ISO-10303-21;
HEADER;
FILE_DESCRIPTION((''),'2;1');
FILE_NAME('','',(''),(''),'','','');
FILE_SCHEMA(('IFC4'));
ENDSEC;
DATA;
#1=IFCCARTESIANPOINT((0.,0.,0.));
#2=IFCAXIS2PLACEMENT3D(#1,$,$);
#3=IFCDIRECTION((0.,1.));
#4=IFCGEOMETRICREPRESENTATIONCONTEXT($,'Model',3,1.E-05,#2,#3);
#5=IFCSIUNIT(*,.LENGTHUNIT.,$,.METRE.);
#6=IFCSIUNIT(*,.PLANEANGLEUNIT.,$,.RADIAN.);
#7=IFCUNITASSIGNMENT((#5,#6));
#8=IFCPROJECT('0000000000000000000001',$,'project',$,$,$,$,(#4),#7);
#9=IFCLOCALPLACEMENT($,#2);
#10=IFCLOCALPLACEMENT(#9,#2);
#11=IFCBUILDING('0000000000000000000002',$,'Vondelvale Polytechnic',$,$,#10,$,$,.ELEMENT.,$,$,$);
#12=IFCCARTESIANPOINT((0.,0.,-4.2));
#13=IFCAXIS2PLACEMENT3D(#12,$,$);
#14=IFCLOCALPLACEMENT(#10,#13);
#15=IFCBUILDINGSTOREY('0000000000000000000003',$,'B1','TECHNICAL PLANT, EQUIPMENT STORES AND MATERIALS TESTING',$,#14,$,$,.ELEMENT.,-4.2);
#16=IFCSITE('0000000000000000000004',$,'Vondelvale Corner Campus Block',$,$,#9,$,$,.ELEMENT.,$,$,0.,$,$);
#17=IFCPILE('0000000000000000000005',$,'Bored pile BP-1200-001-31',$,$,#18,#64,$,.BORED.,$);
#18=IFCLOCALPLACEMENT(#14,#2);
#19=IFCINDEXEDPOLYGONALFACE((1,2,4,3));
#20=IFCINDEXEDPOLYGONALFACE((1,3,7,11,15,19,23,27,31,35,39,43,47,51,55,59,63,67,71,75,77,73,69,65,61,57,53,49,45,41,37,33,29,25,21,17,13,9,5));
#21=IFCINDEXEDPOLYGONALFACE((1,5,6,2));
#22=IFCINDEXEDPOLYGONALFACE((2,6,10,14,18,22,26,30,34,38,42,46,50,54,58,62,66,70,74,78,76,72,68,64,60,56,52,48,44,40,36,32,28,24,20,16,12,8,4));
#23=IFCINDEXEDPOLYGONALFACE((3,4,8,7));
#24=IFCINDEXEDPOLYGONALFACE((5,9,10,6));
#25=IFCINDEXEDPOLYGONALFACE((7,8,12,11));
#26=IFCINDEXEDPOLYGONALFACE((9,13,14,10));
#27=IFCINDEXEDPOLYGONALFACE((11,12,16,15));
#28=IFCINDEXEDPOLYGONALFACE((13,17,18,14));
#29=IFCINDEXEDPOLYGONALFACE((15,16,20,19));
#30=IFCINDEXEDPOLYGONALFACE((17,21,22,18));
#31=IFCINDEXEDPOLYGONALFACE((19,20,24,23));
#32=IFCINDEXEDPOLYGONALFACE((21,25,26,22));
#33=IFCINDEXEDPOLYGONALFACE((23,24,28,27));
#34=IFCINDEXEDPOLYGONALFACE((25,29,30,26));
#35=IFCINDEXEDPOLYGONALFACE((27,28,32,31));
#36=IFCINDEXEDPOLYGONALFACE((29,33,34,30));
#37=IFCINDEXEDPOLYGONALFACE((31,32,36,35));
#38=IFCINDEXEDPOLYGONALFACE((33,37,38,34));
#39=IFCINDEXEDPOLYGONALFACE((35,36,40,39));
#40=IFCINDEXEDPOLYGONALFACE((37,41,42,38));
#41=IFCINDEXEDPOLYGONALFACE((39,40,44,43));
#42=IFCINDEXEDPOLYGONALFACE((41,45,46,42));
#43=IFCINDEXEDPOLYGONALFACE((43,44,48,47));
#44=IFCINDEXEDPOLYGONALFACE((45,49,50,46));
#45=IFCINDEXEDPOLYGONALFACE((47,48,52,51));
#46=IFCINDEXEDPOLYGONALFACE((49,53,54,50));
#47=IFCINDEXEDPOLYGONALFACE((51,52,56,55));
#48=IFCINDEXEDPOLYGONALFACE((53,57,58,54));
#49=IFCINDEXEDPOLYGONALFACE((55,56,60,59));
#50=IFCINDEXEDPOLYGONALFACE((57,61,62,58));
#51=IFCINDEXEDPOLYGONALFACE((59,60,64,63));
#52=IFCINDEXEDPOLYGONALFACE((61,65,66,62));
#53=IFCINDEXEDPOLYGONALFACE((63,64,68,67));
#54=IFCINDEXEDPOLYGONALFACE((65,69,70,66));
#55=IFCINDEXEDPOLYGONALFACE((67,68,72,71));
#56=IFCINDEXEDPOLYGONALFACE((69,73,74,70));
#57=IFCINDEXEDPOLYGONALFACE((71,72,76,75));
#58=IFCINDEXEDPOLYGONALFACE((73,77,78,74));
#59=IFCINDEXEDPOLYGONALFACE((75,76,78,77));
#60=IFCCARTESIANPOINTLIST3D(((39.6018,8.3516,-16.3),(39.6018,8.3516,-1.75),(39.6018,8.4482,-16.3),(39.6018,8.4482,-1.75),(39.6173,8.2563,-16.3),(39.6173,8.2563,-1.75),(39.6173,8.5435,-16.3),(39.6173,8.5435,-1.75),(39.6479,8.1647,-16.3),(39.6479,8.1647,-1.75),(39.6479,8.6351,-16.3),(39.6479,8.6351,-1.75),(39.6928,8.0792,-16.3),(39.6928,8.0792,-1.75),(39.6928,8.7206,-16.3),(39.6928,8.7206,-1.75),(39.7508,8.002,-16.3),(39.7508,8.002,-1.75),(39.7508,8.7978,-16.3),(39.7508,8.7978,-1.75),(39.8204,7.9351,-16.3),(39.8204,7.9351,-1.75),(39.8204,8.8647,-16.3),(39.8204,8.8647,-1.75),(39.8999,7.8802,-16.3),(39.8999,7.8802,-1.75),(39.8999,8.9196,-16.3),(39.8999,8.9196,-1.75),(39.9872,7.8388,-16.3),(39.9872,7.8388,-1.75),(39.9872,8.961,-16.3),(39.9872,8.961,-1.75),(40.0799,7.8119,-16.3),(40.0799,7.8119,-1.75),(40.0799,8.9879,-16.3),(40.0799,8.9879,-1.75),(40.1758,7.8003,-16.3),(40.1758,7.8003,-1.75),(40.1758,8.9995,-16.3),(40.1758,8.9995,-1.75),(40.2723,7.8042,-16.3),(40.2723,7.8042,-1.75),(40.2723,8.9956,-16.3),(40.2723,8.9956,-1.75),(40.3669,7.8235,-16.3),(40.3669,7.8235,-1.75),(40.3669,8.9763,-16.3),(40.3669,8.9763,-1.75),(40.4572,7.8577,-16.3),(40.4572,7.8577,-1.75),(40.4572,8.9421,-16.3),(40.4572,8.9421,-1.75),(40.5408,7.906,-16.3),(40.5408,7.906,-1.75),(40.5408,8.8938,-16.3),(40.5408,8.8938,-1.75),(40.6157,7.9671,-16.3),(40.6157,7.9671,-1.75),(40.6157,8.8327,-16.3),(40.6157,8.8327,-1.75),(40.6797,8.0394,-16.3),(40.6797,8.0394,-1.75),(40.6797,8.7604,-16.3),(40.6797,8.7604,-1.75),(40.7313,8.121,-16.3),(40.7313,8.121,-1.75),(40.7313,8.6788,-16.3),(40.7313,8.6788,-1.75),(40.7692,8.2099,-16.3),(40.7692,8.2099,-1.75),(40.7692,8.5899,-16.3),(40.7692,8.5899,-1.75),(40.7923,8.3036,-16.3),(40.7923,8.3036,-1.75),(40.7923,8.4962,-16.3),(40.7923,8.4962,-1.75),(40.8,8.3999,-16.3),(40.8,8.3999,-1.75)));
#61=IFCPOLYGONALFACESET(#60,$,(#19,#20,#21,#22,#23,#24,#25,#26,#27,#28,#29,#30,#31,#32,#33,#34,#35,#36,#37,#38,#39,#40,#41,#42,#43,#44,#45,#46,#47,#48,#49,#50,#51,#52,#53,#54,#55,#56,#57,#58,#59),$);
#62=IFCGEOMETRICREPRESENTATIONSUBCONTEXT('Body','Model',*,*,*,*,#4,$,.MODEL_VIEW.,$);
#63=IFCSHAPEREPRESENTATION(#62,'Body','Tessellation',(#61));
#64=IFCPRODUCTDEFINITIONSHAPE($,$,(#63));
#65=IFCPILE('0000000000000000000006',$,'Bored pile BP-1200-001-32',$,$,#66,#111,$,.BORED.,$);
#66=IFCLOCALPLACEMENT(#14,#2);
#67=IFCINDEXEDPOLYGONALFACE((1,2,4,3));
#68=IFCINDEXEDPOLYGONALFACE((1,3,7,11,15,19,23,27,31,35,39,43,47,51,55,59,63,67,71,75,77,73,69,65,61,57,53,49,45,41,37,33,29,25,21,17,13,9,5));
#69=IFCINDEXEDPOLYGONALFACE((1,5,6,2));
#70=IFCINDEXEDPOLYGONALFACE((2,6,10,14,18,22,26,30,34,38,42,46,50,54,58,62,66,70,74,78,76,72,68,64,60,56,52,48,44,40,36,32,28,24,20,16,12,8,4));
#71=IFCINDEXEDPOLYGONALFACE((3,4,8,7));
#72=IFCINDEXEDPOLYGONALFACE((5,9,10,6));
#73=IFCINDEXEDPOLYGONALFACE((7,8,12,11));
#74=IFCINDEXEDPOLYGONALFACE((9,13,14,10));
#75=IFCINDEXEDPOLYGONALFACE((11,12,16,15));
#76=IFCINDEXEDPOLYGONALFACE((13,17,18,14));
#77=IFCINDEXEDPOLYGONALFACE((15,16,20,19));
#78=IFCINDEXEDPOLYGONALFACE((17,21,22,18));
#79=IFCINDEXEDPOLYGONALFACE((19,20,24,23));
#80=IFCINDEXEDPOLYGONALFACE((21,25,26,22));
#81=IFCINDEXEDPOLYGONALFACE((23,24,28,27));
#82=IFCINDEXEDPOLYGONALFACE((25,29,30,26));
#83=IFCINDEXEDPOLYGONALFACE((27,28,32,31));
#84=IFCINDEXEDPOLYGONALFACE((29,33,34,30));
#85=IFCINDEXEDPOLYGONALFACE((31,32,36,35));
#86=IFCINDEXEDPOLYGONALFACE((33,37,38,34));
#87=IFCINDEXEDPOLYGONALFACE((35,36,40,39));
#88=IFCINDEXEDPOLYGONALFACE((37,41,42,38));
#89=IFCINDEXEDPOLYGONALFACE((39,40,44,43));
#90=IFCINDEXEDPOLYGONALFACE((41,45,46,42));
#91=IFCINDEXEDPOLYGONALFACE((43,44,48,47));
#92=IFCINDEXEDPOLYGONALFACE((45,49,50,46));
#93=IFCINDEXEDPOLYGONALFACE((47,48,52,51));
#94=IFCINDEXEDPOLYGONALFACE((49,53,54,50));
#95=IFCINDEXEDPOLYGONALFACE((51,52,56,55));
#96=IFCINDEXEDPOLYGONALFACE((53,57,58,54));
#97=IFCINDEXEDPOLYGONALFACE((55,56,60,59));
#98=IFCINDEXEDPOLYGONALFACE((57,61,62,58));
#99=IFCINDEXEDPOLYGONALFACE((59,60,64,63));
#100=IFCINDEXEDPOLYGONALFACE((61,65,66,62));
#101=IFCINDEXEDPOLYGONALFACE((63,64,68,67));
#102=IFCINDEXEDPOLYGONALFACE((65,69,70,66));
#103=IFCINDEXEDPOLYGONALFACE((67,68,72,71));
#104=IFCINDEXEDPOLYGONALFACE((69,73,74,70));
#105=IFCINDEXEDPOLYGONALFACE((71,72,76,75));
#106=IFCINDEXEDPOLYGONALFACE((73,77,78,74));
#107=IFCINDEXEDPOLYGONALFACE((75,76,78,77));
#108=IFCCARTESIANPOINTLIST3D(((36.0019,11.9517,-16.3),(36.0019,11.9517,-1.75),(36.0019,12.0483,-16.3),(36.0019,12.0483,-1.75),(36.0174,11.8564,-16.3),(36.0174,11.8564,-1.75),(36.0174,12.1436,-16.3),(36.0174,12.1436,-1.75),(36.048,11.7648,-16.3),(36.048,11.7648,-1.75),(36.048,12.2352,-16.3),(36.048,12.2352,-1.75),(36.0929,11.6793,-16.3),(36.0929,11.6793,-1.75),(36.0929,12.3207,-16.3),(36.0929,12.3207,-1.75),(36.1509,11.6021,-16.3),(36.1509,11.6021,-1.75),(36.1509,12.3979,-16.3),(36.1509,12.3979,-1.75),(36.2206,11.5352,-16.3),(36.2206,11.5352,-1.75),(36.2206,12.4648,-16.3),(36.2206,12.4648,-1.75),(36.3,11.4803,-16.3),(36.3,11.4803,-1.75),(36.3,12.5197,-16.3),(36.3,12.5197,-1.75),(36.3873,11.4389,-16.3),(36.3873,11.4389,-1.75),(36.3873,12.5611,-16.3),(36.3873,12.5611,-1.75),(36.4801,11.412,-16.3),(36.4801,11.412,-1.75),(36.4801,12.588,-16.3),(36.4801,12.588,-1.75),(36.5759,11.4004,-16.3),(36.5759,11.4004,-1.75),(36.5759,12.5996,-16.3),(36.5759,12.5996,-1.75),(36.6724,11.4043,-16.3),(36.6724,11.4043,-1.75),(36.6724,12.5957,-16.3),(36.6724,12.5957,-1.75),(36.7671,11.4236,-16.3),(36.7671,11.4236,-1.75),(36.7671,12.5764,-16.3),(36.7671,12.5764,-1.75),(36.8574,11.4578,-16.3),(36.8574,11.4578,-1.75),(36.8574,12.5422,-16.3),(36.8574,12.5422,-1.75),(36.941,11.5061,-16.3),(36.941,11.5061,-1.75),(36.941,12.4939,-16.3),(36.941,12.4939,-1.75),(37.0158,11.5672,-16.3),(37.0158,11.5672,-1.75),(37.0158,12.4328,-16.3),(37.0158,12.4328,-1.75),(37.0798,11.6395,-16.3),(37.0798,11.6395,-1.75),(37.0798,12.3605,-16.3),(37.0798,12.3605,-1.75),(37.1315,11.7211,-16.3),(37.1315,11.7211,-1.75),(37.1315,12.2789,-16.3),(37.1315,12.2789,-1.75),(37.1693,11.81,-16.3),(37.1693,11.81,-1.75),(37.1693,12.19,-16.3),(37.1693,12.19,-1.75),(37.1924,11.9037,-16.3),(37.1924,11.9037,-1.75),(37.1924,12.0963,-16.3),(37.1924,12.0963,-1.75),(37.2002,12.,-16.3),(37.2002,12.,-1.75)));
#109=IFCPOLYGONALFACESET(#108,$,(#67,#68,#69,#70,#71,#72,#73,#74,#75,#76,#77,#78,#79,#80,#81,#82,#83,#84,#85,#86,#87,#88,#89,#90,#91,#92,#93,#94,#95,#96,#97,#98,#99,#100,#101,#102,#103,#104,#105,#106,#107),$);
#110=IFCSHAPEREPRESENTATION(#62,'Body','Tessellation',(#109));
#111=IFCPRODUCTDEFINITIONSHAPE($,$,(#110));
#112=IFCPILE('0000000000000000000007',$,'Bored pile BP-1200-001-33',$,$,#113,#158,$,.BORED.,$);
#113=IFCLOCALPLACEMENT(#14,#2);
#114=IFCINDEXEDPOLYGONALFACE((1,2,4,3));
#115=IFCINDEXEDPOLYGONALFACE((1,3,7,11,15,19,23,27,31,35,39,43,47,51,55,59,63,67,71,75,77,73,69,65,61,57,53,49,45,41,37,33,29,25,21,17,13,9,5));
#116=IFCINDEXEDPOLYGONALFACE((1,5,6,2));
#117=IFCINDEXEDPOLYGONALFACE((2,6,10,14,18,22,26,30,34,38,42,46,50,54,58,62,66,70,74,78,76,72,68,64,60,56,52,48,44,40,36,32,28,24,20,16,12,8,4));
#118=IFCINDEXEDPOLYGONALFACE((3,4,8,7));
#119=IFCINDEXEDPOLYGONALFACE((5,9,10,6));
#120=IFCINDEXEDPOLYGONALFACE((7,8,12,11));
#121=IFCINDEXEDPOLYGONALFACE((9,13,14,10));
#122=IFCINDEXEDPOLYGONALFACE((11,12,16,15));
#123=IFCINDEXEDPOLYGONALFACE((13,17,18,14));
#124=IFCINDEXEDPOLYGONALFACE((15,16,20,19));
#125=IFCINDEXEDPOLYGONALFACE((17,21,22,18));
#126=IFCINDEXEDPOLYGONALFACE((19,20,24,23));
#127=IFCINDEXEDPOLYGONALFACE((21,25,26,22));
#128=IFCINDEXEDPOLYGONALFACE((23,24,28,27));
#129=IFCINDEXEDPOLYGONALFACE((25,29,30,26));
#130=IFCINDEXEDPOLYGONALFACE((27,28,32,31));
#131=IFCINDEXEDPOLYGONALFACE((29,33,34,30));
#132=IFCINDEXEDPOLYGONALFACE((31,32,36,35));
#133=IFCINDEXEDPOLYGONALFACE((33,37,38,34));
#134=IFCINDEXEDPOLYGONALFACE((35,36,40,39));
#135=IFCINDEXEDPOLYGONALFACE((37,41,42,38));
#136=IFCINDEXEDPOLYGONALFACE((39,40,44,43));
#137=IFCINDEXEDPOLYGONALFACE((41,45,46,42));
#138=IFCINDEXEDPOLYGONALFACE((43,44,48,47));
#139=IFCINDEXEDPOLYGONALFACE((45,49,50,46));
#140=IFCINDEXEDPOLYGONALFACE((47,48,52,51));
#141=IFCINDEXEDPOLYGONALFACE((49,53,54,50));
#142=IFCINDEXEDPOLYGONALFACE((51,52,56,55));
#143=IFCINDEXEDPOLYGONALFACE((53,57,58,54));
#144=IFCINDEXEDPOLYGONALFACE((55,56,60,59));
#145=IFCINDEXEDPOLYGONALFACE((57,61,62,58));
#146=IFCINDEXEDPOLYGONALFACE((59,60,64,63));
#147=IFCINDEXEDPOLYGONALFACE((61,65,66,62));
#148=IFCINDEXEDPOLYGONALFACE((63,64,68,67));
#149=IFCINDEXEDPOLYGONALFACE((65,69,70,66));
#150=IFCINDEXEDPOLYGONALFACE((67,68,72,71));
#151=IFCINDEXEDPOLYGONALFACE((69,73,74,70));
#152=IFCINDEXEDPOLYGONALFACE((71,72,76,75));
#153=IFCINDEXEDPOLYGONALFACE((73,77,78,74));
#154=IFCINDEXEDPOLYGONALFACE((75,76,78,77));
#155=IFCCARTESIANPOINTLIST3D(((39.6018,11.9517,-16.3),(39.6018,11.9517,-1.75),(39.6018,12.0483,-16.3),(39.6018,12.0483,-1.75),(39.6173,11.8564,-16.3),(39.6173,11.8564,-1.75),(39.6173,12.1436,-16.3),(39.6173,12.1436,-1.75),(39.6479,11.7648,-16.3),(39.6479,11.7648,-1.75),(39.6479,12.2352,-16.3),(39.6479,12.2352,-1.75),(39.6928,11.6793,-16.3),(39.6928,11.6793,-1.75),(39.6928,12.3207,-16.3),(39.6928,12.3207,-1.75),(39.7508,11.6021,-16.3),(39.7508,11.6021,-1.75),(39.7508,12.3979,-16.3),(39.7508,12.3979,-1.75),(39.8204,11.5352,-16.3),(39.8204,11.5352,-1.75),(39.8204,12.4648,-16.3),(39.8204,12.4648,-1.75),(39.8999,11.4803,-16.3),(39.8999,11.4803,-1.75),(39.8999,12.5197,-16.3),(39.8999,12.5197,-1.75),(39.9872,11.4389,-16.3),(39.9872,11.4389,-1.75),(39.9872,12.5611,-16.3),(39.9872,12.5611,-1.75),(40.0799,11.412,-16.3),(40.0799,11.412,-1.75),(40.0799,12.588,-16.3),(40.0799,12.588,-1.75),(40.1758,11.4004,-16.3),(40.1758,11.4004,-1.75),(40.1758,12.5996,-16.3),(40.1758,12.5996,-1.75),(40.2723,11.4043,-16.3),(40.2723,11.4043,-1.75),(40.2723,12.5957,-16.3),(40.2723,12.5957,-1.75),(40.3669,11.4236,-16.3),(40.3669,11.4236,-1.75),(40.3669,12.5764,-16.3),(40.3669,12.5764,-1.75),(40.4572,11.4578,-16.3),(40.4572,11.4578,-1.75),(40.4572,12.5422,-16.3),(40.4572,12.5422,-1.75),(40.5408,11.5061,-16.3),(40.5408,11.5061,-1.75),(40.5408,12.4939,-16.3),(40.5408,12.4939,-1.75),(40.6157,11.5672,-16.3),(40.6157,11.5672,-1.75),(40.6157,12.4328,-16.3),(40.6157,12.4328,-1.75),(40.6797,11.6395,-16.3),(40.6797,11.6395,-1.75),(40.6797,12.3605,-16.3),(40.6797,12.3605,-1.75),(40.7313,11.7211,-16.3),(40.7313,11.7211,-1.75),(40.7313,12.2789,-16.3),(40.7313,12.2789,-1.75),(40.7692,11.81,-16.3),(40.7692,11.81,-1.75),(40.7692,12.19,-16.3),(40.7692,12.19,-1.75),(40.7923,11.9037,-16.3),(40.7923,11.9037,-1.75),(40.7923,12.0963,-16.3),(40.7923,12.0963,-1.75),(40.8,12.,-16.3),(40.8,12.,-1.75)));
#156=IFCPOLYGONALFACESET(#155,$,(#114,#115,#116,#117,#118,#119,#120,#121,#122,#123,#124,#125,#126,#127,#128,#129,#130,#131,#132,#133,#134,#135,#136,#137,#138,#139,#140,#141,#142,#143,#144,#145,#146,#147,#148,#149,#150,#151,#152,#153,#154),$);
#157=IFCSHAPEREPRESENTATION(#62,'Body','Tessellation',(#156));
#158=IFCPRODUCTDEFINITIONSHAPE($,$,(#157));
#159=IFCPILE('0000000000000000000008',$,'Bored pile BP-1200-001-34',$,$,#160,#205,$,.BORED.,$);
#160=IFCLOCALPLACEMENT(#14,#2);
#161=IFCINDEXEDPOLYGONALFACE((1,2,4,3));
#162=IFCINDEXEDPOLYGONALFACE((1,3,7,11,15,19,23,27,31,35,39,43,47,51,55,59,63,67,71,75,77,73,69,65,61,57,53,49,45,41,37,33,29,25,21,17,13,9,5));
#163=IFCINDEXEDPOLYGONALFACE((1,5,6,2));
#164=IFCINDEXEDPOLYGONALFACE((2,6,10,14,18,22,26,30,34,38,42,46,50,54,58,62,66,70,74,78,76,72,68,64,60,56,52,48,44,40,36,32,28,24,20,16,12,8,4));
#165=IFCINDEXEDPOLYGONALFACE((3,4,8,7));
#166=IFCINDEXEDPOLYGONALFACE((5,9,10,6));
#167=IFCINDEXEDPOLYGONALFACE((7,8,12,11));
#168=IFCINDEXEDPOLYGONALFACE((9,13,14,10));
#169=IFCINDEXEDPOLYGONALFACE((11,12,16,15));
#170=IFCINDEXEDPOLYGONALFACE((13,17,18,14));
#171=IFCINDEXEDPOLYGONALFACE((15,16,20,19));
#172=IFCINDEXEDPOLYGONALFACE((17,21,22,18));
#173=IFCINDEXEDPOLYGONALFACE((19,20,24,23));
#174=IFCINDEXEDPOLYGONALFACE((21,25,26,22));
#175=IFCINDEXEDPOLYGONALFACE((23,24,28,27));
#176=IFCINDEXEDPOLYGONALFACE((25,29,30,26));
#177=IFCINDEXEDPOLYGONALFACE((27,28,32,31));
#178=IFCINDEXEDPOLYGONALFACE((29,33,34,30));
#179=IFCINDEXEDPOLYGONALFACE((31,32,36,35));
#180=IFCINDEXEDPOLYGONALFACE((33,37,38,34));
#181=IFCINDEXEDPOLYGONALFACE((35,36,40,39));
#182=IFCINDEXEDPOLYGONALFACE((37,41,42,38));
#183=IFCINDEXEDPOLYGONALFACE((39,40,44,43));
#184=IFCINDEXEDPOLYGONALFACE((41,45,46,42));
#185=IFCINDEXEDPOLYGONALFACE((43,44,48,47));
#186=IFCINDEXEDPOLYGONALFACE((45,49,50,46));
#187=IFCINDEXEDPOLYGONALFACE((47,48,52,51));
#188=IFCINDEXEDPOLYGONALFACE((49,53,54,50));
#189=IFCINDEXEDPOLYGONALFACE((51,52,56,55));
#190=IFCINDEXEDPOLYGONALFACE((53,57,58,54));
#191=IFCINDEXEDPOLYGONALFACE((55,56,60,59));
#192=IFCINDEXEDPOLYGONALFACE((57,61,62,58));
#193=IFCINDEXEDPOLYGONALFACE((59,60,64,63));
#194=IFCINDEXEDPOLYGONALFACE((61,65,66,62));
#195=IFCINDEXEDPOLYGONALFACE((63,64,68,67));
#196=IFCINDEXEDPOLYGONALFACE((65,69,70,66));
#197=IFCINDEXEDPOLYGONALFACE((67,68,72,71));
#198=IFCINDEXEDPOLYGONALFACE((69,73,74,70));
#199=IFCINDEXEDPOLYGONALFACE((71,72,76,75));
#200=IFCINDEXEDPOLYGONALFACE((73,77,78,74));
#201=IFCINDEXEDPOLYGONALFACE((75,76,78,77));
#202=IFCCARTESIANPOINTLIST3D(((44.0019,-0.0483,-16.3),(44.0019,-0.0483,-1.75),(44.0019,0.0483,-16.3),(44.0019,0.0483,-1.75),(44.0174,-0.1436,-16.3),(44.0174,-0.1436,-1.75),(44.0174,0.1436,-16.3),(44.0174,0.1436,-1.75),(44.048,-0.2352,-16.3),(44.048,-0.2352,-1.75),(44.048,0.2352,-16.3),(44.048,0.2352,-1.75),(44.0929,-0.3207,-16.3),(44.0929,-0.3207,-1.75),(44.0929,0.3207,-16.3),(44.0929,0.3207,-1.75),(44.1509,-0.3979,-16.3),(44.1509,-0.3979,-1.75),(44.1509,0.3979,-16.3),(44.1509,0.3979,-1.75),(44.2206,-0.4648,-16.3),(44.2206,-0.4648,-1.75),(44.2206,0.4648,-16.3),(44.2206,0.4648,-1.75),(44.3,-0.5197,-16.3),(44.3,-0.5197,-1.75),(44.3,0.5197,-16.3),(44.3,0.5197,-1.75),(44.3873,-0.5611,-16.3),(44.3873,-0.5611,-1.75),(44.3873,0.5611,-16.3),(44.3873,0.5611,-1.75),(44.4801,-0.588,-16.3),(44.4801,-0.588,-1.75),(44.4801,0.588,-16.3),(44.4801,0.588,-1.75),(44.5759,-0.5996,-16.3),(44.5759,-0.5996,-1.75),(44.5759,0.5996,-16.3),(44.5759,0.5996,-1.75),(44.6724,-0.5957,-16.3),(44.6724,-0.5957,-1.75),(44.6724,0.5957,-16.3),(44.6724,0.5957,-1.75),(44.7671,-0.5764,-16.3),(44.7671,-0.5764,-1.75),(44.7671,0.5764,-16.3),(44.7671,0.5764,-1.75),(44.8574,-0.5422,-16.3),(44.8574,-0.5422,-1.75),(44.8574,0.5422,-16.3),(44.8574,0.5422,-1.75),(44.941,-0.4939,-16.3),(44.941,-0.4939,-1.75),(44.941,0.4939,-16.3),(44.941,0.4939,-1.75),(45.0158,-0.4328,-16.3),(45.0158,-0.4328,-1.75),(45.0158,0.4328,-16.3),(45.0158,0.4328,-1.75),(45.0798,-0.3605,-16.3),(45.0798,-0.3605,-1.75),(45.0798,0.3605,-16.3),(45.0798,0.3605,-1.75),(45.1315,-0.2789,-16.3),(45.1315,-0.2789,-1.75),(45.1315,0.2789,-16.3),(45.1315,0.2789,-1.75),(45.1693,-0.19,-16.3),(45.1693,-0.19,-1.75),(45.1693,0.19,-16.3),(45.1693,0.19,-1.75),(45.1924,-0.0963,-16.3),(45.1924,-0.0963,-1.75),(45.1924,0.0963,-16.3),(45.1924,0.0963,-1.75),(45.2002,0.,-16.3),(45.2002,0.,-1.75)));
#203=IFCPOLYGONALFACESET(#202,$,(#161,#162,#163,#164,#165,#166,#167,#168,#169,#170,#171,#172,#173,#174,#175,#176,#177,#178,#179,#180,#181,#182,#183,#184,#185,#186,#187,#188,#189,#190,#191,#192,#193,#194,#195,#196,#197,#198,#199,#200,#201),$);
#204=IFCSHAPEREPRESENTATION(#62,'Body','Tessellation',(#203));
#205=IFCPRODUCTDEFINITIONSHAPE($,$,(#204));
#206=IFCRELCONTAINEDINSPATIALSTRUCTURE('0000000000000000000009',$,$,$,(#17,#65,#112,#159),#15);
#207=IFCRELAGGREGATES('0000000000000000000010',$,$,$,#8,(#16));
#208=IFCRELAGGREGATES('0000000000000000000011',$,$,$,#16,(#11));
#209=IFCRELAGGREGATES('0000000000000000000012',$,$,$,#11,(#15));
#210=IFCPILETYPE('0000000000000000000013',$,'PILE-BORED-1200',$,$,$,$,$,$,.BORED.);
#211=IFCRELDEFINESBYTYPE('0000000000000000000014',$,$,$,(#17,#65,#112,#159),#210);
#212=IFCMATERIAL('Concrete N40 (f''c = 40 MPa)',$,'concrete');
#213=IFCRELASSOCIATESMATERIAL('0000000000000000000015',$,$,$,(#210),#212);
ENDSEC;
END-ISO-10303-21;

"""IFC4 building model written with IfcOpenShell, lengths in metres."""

from ifc_helpers import new_model, si_unit, direction, frame, origin, origin_2d, place, context, subcontext, project, spatial, circle, extrude, material, material_profile, profile_set, type_object, element, save


model = new_model("IFC4")

# Units and contexts
model_context = context("Model", 3, precision=1e-05, world=origin(), true_north=direction((0.0, 1.0)))
body_context = subcontext(model_context, "Body", "Model", "MODEL_VIEW")
ifc_project = project(units=[si_unit("LENGTHUNIT", "METRE"), si_unit("PLANEANGLEUNIT", "RADIAN")], contexts=[model_context])

# Site, building, storey
site_placement = place(None, origin())
site = spatial("IfcSite", under=ifc_project, at=site_placement, Name="Vondelvale Corner Campus Block", CompositionType="ELEMENT", RefElevation=0.0)
building_placement = place(site_placement, origin())
building = spatial("IfcBuilding", under=site, at=building_placement, Name="Vondelvale Polytechnic", CompositionType="ELEMENT")
storey_placement = place(building_placement, frame((0.0, 0.0, -4.2)))
storey = spatial("IfcBuildingStorey", under=building, at=storey_placement, Name="B1", Description="TECHNICAL PLANT, EQUIPMENT STORES AND MATERIALS TESTING", CompositionType="ELEMENT", Elevation=-4.2)

# Piles
ifc_material_1 = material(Name="Concrete N40 (f'c = 40 MPa)", Category="concrete")
ifc_material_profile_1 = material_profile(ifc_material_1, circle(Radius=0.6001, at=origin_2d()), Name="PILE-D1200")
ifc_profile_set_1 = profile_set([ifc_material_profile_1], Name="Concrete N40 (f'c = 40 MPa)")
pile_type = type_object("IfcPileType", Name="PILE-BORED-1200", PredefinedType="BORED", material=ifc_profile_set_1)
for number, where, z_axis, x_axis, name in (
    (1, (40.2, 8.3999, -1.75), (0.0, 0.0, -1.0), (1.0, 0.0, 0.0), "Bored pile BP-1200-001-31"),
    (2, (36.6001, 12.0, -1.75), (0.0, 0.0, -1.0), (1.0, 0.0, 0.0), "Bored pile BP-1200-001-32"),
    (3, (40.2, 12.0, -1.75), (0.0, 0.0, -1.0), (1.0, 0.0, 0.0), "Bored pile BP-1200-001-33"),
    (4, (44.6001, 0.0, -1.75), (0.0, 0.0, -1.0), (1.0, 0.0, 0.0), "Bored pile BP-1200-001-34"),
):
    element("IfcPile", number, at=place(storey_placement, frame(where, z_axis=z_axis, x_axis=x_axis)), inside=storey, type_object=pile_type, Name=name, PredefinedType="BORED", context=body_context, shape_type="SweptSolid", body=[
        extrude(circle(Radius=0.6001, at=origin_2d()), origin(), (0.0, 0.0, 1.0), 14.55),
    ])

save(model, "model.ifc")
